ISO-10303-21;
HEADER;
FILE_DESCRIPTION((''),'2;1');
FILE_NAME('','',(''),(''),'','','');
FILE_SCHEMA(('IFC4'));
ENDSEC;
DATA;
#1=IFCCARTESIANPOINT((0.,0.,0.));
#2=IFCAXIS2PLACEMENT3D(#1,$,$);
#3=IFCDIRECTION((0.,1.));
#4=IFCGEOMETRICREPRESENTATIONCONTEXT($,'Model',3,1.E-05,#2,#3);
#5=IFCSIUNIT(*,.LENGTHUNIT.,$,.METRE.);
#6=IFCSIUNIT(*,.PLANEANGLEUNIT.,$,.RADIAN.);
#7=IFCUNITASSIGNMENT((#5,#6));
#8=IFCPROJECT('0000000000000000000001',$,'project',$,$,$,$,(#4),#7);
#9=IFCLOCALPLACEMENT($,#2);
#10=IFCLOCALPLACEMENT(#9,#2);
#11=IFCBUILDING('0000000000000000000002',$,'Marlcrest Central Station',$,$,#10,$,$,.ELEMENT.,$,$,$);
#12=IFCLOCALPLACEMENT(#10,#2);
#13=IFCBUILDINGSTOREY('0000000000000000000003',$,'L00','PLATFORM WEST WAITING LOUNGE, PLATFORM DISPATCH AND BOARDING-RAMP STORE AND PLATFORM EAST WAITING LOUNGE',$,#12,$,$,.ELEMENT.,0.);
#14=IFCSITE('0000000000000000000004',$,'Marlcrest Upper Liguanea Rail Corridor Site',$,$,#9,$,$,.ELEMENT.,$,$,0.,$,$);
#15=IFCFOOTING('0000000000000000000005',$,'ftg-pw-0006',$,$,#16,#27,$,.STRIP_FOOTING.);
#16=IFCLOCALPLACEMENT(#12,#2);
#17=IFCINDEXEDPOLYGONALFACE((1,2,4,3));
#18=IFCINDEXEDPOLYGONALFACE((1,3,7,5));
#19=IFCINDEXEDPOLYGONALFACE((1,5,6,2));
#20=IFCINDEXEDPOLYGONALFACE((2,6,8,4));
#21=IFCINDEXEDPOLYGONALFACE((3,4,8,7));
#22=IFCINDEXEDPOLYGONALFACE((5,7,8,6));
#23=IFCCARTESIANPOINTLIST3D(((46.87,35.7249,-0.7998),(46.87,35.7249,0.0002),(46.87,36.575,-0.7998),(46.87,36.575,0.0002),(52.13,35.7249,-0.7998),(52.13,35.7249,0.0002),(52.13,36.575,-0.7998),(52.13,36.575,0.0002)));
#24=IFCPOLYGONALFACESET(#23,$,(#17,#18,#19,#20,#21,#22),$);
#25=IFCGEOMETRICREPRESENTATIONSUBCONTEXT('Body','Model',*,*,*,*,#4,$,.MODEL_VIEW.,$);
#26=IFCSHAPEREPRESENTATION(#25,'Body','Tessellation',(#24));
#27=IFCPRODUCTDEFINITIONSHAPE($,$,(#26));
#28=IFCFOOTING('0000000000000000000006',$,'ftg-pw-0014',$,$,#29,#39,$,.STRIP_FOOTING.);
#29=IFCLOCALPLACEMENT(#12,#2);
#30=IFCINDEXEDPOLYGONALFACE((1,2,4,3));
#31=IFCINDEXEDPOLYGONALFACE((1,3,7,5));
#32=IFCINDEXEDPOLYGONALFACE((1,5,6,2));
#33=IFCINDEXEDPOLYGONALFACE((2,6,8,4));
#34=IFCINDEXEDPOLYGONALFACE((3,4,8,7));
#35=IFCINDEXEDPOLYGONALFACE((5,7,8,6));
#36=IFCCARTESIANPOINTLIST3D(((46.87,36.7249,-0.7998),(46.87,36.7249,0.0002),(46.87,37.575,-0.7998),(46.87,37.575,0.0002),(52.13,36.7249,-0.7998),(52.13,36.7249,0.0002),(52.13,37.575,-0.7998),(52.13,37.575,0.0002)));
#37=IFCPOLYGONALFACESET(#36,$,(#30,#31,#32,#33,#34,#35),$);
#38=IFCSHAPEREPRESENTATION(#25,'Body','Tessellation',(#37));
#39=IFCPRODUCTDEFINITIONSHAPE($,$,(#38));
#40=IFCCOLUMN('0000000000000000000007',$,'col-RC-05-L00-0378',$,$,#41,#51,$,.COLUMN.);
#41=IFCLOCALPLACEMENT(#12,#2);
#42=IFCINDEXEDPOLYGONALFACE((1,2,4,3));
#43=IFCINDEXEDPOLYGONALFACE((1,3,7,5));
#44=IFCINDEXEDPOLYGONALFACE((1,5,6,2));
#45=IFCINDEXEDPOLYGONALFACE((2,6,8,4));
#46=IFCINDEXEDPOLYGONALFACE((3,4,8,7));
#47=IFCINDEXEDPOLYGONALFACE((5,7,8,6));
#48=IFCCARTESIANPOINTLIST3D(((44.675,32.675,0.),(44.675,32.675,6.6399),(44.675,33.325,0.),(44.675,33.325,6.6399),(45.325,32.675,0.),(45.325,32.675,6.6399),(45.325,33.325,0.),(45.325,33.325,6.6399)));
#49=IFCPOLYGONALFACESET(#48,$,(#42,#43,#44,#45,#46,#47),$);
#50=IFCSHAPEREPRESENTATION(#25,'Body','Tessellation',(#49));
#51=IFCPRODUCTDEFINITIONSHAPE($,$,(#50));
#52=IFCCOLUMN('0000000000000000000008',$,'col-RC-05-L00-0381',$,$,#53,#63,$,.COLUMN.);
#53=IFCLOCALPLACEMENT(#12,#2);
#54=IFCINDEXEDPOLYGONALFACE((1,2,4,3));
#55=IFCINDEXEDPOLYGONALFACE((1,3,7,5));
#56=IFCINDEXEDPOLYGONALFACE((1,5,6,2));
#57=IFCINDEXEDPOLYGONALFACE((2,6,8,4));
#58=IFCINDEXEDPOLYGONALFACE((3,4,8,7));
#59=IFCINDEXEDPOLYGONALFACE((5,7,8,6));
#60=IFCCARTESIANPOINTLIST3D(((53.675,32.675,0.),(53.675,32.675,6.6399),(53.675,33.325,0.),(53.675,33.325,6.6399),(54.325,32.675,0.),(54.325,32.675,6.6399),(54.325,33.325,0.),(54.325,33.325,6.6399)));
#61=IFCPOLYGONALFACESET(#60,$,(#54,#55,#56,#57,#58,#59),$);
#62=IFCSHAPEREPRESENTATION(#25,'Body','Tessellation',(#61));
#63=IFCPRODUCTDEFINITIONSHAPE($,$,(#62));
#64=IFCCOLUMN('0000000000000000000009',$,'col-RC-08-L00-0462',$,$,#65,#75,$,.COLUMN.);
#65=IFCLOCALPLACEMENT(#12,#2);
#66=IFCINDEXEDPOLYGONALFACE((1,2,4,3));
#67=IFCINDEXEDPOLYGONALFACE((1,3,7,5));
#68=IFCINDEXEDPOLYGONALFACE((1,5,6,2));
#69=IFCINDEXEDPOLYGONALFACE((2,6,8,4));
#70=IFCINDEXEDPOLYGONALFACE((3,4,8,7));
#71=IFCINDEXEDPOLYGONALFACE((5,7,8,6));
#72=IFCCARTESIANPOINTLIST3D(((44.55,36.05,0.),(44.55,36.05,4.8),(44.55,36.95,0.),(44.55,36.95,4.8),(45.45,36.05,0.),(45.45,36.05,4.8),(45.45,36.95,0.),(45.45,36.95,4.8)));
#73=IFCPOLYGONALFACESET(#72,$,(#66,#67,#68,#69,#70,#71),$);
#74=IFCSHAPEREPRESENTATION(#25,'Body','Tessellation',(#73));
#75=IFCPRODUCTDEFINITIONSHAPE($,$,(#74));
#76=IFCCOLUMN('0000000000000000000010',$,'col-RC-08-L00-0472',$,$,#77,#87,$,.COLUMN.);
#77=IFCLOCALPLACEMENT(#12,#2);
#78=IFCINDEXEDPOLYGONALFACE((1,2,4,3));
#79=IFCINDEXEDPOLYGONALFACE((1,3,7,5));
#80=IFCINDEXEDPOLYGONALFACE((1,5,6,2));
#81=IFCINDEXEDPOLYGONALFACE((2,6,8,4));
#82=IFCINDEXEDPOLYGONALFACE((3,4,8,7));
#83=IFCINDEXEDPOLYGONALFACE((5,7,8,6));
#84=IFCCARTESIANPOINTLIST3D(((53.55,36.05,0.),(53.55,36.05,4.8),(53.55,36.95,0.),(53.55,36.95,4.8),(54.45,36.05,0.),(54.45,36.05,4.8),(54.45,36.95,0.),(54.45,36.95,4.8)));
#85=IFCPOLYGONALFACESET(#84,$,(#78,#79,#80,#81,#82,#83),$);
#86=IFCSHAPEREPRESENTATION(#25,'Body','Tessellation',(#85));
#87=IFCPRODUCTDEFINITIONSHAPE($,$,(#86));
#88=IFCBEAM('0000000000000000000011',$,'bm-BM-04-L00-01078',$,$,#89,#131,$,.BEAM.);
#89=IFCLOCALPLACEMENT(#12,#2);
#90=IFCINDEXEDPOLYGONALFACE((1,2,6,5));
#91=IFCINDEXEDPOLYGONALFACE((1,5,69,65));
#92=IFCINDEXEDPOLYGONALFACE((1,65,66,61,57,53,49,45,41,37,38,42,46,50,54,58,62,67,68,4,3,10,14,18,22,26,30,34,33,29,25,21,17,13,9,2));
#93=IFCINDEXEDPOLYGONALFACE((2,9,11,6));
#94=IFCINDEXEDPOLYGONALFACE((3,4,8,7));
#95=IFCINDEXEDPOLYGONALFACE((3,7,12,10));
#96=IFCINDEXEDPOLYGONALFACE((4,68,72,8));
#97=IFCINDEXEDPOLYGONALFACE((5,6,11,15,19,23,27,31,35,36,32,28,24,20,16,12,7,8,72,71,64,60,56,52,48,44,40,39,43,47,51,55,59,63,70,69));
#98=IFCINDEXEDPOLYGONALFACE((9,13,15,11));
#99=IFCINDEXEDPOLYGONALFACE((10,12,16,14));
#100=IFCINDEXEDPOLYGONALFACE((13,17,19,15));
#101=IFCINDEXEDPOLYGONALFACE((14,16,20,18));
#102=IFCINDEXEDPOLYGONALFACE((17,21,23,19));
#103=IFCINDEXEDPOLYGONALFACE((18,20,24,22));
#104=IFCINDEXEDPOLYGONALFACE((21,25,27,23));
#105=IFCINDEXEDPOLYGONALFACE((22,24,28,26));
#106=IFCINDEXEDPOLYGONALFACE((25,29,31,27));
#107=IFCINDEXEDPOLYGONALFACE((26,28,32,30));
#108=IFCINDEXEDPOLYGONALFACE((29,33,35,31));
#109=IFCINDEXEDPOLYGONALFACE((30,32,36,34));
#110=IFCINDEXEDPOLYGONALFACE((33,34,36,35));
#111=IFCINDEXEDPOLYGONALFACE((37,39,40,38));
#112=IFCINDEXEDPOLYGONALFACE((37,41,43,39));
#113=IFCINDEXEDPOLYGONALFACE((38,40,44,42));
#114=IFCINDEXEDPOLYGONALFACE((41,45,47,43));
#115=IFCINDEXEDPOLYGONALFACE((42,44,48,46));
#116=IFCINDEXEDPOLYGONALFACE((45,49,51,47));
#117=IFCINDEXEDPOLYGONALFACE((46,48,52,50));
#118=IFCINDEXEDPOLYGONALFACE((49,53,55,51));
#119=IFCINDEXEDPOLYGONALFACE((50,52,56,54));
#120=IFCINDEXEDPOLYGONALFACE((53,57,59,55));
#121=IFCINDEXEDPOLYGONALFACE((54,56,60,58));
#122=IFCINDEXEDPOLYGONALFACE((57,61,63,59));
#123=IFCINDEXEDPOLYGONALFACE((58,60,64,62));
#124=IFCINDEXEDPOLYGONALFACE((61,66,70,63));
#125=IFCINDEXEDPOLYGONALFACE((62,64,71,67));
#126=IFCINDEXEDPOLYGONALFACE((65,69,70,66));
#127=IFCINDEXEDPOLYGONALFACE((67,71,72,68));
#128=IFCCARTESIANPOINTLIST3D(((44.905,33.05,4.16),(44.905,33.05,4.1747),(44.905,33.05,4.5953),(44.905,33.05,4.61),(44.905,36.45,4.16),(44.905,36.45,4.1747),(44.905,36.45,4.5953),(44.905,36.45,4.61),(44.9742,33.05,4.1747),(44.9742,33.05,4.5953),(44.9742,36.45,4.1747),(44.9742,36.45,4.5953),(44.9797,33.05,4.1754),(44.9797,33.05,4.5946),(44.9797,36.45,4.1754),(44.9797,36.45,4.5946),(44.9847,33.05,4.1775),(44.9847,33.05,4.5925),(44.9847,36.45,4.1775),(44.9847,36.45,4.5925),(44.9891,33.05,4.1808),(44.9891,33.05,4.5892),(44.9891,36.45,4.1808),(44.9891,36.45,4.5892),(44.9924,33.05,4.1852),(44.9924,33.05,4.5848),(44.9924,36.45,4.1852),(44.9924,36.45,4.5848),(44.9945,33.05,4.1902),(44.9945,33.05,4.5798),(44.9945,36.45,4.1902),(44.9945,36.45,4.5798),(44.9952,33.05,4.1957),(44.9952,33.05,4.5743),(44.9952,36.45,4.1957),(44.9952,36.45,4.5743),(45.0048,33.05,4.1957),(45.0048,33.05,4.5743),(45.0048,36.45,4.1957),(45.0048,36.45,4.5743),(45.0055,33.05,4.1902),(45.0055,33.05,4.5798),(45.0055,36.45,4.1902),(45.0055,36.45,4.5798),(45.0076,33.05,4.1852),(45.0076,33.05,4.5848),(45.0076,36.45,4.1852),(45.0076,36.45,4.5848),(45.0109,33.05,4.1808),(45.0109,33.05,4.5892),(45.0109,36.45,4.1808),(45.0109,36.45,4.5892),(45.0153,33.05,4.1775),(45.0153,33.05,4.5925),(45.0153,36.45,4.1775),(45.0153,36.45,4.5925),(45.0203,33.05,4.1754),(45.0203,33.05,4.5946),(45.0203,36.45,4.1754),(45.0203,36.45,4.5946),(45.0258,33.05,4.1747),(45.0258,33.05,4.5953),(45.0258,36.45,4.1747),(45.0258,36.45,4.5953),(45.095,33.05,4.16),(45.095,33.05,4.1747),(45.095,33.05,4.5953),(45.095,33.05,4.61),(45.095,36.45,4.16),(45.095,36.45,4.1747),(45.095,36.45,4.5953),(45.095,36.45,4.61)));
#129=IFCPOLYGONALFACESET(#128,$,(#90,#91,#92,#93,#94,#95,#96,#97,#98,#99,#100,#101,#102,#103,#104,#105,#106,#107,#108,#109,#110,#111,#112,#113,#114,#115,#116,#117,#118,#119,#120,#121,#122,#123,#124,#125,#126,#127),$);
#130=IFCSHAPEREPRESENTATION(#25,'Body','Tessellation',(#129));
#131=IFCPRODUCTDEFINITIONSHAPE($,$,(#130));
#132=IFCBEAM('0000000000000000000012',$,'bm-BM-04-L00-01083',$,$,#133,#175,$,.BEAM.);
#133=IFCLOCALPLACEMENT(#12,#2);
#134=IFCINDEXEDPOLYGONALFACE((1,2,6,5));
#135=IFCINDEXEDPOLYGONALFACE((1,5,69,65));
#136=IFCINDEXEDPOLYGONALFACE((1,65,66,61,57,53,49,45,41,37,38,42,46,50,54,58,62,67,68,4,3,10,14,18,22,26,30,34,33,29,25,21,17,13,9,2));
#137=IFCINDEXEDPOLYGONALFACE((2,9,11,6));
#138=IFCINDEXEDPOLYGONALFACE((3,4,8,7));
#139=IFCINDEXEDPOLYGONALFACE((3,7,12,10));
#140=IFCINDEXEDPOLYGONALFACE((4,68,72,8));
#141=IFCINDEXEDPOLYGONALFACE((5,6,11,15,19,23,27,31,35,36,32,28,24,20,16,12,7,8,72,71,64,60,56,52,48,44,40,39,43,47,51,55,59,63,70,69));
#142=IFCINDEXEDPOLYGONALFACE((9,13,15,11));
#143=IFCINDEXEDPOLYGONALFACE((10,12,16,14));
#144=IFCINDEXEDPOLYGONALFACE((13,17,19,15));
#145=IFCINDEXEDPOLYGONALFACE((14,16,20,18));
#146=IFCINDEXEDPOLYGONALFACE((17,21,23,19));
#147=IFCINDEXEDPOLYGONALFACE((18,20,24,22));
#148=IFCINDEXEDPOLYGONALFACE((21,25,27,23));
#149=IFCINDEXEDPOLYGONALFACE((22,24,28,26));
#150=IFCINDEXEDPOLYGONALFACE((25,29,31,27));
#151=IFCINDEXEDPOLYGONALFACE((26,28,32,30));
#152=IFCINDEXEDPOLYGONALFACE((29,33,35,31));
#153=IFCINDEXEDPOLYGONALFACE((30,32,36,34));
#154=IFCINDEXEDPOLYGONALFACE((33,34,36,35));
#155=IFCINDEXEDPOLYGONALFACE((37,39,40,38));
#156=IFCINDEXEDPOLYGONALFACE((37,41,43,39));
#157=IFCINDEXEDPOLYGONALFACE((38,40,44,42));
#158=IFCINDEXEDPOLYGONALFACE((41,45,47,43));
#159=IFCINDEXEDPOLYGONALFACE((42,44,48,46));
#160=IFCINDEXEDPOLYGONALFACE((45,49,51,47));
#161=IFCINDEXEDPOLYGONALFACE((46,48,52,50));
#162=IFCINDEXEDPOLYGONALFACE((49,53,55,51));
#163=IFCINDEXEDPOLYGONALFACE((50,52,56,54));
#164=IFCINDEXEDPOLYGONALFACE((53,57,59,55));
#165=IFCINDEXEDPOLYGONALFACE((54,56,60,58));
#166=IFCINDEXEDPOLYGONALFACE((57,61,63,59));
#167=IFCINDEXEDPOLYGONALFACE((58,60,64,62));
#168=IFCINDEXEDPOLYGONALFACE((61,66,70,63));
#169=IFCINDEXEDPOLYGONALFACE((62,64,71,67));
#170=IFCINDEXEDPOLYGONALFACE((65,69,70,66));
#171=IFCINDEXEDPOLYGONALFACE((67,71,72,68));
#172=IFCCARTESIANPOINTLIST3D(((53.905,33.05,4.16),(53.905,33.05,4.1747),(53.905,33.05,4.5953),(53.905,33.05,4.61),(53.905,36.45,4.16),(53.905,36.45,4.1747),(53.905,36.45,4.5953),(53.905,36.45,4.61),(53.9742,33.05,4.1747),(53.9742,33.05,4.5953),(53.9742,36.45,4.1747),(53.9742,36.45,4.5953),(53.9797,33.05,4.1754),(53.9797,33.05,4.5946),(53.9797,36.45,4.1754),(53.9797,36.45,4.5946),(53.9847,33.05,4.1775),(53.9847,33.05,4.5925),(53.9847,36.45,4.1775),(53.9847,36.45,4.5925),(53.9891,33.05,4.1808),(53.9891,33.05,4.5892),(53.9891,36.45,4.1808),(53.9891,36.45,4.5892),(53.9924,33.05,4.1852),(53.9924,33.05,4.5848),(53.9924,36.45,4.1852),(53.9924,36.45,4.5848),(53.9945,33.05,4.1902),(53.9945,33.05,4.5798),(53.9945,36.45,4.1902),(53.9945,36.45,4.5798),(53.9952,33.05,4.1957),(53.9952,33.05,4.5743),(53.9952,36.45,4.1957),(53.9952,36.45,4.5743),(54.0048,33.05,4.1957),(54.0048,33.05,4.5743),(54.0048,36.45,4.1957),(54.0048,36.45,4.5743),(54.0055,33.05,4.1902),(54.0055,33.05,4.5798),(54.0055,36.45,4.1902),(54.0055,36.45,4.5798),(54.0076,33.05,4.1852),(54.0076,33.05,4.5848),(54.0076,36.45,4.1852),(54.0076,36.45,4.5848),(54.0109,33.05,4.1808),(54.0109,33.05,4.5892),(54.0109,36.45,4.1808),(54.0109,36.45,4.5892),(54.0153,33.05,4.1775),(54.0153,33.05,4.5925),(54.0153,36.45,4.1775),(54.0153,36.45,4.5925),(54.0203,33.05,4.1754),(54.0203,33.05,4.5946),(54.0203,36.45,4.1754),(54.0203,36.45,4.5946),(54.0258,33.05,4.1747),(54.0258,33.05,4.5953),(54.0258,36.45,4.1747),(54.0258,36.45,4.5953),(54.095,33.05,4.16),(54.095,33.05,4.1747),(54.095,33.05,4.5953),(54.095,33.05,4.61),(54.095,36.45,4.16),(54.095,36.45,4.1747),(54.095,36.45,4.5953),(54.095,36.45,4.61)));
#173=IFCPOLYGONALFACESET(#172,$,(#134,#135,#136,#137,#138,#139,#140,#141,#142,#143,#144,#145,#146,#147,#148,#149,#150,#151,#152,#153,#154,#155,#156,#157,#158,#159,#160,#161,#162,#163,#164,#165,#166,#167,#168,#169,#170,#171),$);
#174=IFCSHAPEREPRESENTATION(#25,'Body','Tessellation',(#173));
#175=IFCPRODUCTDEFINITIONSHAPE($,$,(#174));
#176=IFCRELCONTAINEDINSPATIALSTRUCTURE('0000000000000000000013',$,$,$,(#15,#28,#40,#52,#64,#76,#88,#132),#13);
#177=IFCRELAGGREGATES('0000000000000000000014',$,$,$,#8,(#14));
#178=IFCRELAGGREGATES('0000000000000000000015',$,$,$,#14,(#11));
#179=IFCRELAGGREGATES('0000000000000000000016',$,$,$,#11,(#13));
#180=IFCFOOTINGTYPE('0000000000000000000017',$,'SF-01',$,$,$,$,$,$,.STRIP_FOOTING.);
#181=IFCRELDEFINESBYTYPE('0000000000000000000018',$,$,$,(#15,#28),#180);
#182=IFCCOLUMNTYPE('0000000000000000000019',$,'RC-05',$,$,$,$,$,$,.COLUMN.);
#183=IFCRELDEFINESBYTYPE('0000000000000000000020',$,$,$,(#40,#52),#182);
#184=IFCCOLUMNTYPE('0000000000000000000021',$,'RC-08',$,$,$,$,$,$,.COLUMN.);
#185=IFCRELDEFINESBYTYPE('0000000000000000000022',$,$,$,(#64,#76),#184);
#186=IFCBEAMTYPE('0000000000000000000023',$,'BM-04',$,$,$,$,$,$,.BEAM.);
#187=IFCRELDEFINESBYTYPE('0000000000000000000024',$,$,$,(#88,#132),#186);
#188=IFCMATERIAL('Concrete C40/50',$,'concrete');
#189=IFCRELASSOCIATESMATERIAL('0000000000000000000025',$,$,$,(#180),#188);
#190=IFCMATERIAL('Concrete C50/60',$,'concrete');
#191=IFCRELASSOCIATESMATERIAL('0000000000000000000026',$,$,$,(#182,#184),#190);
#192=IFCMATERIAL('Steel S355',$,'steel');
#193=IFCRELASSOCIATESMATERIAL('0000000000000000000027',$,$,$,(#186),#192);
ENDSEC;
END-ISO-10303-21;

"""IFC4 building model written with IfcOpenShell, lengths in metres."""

from ifc_helpers import new_model, si_unit, direction, frame, origin, origin_2d, place, context, subcontext, project, spatial, rectangle, i_section, extrude, material, material_profile, profile_set, type_object, element, save


model = new_model("IFC4")

# Units and contexts
model_context = context("Model", 3, precision=1e-05, world=origin(), true_north=direction((0.0, 1.0)))
body_context = subcontext(model_context, "Body", "Model", "MODEL_VIEW")
ifc_project = project(units=[si_unit("LENGTHUNIT", "METRE"), si_unit("PLANEANGLEUNIT", "RADIAN")], contexts=[model_context])

# Site, building, storey
site_placement = place(None, origin())
site = spatial("IfcSite", under=ifc_project, at=site_placement, Name="Marlcrest Upper Liguanea Rail Corridor Site", CompositionType="ELEMENT", RefElevation=0.0)
building_placement = place(site_placement, origin())
building = spatial("IfcBuilding", under=site, at=building_placement, Name="Marlcrest Central Station", CompositionType="ELEMENT")
storey_placement = place(building_placement, origin())
storey = spatial("IfcBuildingStorey", under=building, at=storey_placement, Name="L00", Description="PLATFORM WEST WAITING LOUNGE, PLATFORM DISPATCH AND BOARDING-RAMP STORE AND PLATFORM EAST WAITING LOUNGE", CompositionType="ELEMENT", Elevation=0.0)

# Footings
ifc_material_1 = material(Name="Concrete C40/50", Category="concrete")
footing_type_1 = type_object("IfcFootingType", Name="SF-01", PredefinedType="STRIP_FOOTING", material=ifc_material_1)
for number, where, z_axis, x_axis, name in (
    (1, (49.5, 36.1499, -0.7998), (0.0, 0.0, 1.0), (1.0, 0.0, 0.0), "ftg-pw-0006"),
    (2, (49.5, 37.1499, -0.7998), (0.0, 0.0, 1.0), (1.0, 0.0, 0.0), "ftg-pw-0014"),
):
    element("IfcFooting", number, at=place(storey_placement, frame(where, z_axis=z_axis, x_axis=x_axis)), inside=storey, type_object=footing_type_1, Name=name, PredefinedType="STRIP_FOOTING", context=body_context, shape_type="SweptSolid", body=[
        extrude(rectangle(XDim=5.26, YDim=0.8501, at=origin_2d()), origin(), (0.0, 0.0, 1.0), 0.8),
    ])

# Columns
ifc_material_2 = material(Name="Concrete C50/60", Category="concrete")
ifc_material_profile_1 = material_profile(ifc_material_2, rectangle(XDim=0.6499, YDim=0.6499, at=origin_2d()), Name="RC 650x650")
ifc_profile_set_1 = profile_set([ifc_material_profile_1], Name="Concrete C50/60")
column_type_1 = type_object("IfcColumnType", Name="RC-05", PredefinedType="COLUMN", material=ifc_profile_set_1)
for number, where, z_axis, x_axis, name in (
    (3, (45.0, 33.0, 0.0), (0.0, 0.0, 1.0), (1.0, 0.0, 0.0), "col-RC-05-L00-0378"),
    (4, (54.0, 33.0, 0.0), (0.0, 0.0, 1.0), (1.0, 0.0, 0.0), "col-RC-05-L00-0381"),
):
    element("IfcColumn", number, at=place(storey_placement, frame(where, z_axis=z_axis, x_axis=x_axis)), inside=storey, type_object=column_type_1, Name=name, PredefinedType="COLUMN", context=body_context, shape_type="SweptSolid", body=[
        extrude(rectangle(XDim=0.6499, YDim=0.6499, at=origin_2d()), origin(), (0.0, 0.0, 1.0), 6.6399),
    ])
ifc_material_profile_2 = material_profile(ifc_material_2, rectangle(XDim=0.8999, YDim=0.8999, at=origin_2d()), Name="RC 900x900")
ifc_profile_set_2 = profile_set([ifc_material_profile_2], Name="Concrete C50/60")
column_type_2 = type_object("IfcColumnType", Name="RC-08", PredefinedType="COLUMN", material=ifc_profile_set_2)
for number, where, z_axis, x_axis, name in (
    (5, (45.0, 36.5, 0.0), (0.0, 0.0, 1.0), (1.0, 0.0, 0.0), "col-RC-08-L00-0462"),
    (6, (54.0, 36.5, 0.0), (0.0, 0.0, 1.0), (1.0, 0.0, 0.0), "col-RC-08-L00-0472"),
):
    element("IfcColumn", number, at=place(storey_placement, frame(where, z_axis=z_axis, x_axis=x_axis)), inside=storey, type_object=column_type_2, Name=name, PredefinedType="COLUMN", context=body_context, shape_type="SweptSolid", body=[
        extrude(rectangle(XDim=0.8999, YDim=0.8999, at=origin_2d()), origin(), (0.0, 0.0, 1.0), 4.8),
    ])

# Beams
ifc_material_3 = material(Name="Steel S355", Category="steel")
ifc_material_profile_3 = material_profile(ifc_material_3, i_section(OverallWidth=0.1899, OverallDepth=0.45, WebThickness=0.0095, FlangeThickness=0.0146, FilletRadius=0.021, at=origin_2d()), Name="IPE 450")
ifc_profile_set_3 = profile_set([ifc_material_profile_3], Name="Steel S355")
beam_type_1 = type_object("IfcBeamType", Name="BM-04", PredefinedType="BEAM", material=ifc_profile_set_3)
for number, where, z_axis, x_axis, name in (
    (7, (45.0, 33.05, 4.385), (0.0, 1.0, 0.0), (-1.0, 0.0, 0.0), "bm-BM-04-L00-01078"),
    (8, (54.0, 33.05, 4.385), (0.0, 1.0, 0.0), (-1.0, 0.0, 0.0), "bm-BM-04-L00-01083"),
):
    element("IfcBeam", number, at=place(storey_placement, frame(where, z_axis=z_axis, x_axis=x_axis)), inside=storey, type_object=beam_type_1, Name=name, PredefinedType="BEAM", context=body_context, shape_type="SweptSolid", body=[
        extrude(i_section(OverallWidth=0.1899, OverallDepth=0.45, WebThickness=0.0095, FlangeThickness=0.0146, FilletRadius=0.021, at=origin_2d()), origin(), (0.0, 0.0, 1.0), 3.3999),
    ])

save(model, "model.ifc")
